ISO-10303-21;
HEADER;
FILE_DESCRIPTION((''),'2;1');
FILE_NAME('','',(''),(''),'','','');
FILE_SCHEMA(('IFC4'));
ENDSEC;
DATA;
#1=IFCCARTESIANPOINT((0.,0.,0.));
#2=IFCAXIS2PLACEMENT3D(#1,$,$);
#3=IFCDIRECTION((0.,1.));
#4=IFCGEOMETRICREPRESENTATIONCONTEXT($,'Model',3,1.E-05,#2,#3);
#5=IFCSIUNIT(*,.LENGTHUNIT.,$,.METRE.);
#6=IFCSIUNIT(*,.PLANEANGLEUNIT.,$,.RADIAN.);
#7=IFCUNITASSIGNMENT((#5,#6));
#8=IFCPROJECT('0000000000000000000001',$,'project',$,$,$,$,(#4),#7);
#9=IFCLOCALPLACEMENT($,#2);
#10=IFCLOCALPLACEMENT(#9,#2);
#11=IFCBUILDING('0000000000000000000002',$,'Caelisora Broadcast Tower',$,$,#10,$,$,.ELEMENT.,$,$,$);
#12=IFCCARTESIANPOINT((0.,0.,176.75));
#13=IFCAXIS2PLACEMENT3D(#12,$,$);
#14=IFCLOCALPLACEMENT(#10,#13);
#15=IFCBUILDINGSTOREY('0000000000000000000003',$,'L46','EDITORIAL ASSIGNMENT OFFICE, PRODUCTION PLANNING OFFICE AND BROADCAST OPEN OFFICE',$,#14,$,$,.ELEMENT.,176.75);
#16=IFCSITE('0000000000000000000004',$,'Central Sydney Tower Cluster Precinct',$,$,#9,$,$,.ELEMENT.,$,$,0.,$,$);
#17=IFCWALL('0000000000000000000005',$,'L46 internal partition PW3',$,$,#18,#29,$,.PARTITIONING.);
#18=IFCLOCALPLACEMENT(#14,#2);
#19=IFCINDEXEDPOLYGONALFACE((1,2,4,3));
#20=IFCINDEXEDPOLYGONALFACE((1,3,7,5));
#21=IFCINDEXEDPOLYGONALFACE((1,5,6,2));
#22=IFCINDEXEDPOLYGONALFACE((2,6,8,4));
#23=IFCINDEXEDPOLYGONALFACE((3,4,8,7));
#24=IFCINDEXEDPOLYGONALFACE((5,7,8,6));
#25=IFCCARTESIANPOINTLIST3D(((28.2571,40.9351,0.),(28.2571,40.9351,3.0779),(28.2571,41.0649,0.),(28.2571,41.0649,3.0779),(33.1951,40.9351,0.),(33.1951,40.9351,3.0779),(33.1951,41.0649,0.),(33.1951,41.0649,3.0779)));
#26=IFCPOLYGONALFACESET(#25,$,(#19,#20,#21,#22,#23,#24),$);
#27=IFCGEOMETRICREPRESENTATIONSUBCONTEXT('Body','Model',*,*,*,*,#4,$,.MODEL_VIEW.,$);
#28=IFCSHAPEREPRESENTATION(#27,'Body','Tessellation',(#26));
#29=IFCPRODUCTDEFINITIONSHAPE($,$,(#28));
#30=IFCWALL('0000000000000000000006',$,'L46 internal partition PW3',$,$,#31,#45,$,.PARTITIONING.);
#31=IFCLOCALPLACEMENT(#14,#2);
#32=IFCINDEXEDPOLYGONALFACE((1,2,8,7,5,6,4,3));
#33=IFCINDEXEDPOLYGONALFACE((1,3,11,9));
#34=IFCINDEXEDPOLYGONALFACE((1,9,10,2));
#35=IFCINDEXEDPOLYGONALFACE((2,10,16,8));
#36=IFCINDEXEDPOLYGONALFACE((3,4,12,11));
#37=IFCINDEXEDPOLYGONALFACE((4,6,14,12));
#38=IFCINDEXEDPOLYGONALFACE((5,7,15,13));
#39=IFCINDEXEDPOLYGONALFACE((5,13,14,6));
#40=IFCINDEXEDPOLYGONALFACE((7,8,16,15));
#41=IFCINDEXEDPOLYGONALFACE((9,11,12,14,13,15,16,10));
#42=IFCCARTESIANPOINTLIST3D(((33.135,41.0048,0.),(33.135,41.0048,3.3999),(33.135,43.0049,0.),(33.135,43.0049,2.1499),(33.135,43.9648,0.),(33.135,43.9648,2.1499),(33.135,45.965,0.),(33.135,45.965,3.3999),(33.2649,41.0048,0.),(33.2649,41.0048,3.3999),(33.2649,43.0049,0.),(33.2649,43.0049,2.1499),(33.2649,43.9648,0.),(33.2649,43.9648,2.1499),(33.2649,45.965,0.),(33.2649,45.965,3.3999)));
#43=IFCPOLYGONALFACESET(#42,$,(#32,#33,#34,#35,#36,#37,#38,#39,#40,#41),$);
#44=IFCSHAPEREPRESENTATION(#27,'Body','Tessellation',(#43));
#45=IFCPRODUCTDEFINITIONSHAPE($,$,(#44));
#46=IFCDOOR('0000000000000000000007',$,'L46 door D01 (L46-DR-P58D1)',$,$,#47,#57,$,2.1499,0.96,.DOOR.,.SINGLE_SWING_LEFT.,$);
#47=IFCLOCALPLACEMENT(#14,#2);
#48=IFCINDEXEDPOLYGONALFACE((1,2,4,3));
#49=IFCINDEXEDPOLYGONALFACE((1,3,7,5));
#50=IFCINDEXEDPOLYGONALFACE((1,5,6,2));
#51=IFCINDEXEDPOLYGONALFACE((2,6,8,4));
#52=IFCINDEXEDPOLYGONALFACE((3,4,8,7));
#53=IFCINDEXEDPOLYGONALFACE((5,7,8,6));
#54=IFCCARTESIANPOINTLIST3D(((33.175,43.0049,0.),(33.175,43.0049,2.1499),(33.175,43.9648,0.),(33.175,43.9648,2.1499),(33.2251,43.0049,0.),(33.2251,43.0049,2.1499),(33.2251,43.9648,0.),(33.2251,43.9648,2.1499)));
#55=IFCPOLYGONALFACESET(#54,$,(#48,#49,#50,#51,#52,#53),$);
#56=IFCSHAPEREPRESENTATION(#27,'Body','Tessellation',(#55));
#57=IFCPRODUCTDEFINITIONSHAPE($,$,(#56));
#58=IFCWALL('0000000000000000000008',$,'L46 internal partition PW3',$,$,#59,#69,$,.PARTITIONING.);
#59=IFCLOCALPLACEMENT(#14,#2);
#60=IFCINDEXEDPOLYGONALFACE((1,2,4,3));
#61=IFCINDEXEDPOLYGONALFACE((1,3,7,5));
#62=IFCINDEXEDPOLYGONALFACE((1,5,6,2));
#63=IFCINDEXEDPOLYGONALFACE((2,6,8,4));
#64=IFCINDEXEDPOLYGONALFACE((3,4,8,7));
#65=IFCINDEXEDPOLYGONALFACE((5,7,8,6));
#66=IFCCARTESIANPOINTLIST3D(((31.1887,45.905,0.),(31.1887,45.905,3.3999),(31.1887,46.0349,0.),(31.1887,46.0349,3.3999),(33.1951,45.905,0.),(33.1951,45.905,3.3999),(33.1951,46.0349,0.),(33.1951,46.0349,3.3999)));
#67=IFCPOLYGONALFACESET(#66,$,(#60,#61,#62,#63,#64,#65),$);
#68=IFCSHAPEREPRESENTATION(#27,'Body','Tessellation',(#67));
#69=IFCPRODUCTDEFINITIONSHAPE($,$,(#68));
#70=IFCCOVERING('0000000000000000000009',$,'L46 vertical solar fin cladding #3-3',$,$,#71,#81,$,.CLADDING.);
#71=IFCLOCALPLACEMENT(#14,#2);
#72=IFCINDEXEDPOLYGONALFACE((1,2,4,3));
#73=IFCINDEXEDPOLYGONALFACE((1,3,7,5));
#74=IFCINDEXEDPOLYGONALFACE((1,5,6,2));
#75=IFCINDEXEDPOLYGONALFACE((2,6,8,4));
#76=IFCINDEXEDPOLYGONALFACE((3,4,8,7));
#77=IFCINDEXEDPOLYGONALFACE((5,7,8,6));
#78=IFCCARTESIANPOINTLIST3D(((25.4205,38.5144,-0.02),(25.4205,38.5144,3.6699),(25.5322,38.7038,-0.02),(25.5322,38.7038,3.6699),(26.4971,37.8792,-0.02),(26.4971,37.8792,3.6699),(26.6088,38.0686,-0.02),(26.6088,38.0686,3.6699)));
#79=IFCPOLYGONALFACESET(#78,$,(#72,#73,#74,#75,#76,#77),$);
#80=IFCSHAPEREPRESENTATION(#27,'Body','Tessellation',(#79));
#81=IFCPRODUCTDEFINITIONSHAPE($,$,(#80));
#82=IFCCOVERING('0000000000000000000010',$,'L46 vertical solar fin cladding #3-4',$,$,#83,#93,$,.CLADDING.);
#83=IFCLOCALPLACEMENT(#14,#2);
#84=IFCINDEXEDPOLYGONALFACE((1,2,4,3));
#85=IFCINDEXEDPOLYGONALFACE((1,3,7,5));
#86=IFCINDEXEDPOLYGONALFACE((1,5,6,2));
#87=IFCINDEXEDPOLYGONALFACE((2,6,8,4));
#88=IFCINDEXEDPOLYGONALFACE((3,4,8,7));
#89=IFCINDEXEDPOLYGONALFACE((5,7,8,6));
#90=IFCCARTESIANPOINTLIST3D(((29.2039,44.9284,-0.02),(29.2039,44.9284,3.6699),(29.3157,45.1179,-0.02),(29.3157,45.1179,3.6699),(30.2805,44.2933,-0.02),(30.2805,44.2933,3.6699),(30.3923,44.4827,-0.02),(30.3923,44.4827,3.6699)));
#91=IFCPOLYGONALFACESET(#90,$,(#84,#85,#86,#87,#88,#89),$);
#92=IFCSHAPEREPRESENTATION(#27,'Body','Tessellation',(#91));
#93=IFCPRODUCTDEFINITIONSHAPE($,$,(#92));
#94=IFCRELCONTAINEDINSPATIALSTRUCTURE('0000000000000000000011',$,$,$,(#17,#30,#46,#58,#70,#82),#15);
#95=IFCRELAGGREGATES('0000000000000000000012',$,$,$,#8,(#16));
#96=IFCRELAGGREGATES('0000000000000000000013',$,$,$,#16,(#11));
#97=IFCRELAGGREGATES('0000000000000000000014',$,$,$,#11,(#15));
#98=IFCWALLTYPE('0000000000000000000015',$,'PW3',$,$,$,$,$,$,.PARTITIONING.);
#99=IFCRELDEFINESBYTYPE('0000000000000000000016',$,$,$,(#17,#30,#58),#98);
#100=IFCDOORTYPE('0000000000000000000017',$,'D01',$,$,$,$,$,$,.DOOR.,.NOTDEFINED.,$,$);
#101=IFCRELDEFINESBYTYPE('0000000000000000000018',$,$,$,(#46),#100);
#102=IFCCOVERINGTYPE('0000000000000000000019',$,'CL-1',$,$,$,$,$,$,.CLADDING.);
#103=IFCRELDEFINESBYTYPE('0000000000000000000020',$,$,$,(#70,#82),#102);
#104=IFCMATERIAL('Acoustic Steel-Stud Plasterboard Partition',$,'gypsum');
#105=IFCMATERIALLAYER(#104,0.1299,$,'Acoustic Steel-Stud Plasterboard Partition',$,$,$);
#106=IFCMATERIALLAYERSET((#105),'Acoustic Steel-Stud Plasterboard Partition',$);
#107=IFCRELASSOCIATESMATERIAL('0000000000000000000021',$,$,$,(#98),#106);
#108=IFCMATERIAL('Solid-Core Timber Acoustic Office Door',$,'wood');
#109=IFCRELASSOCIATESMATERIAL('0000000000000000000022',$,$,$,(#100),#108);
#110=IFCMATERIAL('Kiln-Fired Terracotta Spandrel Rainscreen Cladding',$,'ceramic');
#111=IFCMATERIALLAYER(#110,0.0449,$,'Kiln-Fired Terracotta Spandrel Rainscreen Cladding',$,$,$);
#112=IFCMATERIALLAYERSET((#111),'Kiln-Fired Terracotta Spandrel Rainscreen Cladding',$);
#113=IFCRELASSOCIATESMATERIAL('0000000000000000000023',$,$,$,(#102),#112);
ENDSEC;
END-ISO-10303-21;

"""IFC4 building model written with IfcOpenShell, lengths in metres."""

from ifc_helpers import new_model, si_unit, direction, frame, frame_2d, origin, origin_2d, place, context, subcontext, project, spatial, rectangle, extrude, source, transform, mapped, material, layer, layer_set, type_object, type_shapes, element, fill, save


model = new_model("IFC4")

# Units and contexts
model_context = context("Model", 3, precision=1e-05, world=origin(), true_north=direction((0.0, 1.0)))
body_context = subcontext(model_context, "Body", "Model", "MODEL_VIEW")
ifc_project = project(units=[si_unit("LENGTHUNIT", "METRE"), si_unit("PLANEANGLEUNIT", "RADIAN")], contexts=[model_context])

# Site, building, storey
site_placement = place(None, origin())
site = spatial("IfcSite", under=ifc_project, at=site_placement, Name="Central Sydney Tower Cluster Precinct", CompositionType="ELEMENT", RefElevation=0.0)
building_placement = place(site_placement, origin())
building = spatial("IfcBuilding", under=site, at=building_placement, Name="Caelisora Broadcast Tower", CompositionType="ELEMENT")
storey_placement = place(building_placement, frame((0.0, 0.0, 176.75)))
storey = spatial("IfcBuildingStorey", under=building, at=storey_placement, Name="L46", Description="EDITORIAL ASSIGNMENT OFFICE, PRODUCTION PLANNING OFFICE AND BROADCAST OPEN OFFICE", CompositionType="ELEMENT", Elevation=176.75)

# Shared definitions
ifc_material_1 = material(Name="Acoustic Steel-Stud Plasterboard Partition", Category="gypsum")
ifc_layer_1 = layer(ifc_material_1, 0.1299, Name="Acoustic Steel-Stud Plasterboard Partition")
ifc_layer_set_1 = layer_set([ifc_layer_1], Name="Acoustic Steel-Stud Plasterboard Partition")
wall_type_1 = type_object("IfcWallType", Name="PW3", PredefinedType="PARTITIONING", material=ifc_layer_set_1)
ifc_material_2 = material(Name="Solid-Core Timber Acoustic Office Door", Category="wood")
door_type = type_object("IfcDoorType", Name="D01", OperationType="NOTDEFINED", PredefinedType="DOOR", material=ifc_material_2)

# Wall
wall_1_placement = place(storey_placement, frame((28.2571, 41.0, 0.0), z_axis=(0.0, 0.0, 1.0), x_axis=(1.0, 0.0, 0.0)))
element("IfcWall", 1, at=wall_1_placement, inside=storey, type_object=wall_type_1, Name="L46 internal partition PW3", PredefinedType="PARTITIONING", context=body_context, shape_type="SweptSolid", body=[
    extrude(rectangle(XDim=4.938, YDim=0.1299, at=frame_2d((2.469, 0.0))), origin(), (0.0, 0.0, 1.0), 3.0779),
])

# Wall, opening, door
wall_2_placement = place(storey_placement, frame((33.2, 41.0049, 0.0), z_axis=(0.0, 0.0, 1.0), x_axis=(0.0, 1.0, 0.0)))
wall_2 = element("IfcWall", 2, at=wall_2_placement, inside=storey, type_object=wall_type_1, Name="L46 internal partition PW3", PredefinedType="PARTITIONING", context=body_context, shape_type="SweptSolid", body=[
    extrude(rectangle(XDim=4.9602, YDim=0.1299, at=frame_2d((2.48, 0.0))), origin(), (0.0, 0.0, 1.0), 3.3999),
])
opening_1_placement = place(wall_2_placement, frame((2.0, 0.0, 0.0)))
opening_1 = element("IfcOpeningElement", 3, at=opening_1_placement, cuts=wall_2, PredefinedType="OPENING", context=body_context, shape_type="SweptSolid", body=[
    extrude(rectangle(XDim=0.96, YDim=2.1499, at=frame_2d((0.48, 1.075))), frame((0.0, 0.0769, 0.0), z_axis=(0.0, -1.0, 0.0), x_axis=(1.0, 0.0, 0.0)), (0.0, 0.0, 1.0), 0.1538),
])
door_1_placement = place(opening_1_placement, origin())
door_1 = element("IfcDoor", 4, at=door_1_placement, inside=storey, type_object=door_type, Name="L46 door D01 (L46-DR-P58D1)", OperationType="SINGLE_SWING_LEFT", OverallHeight=2.1499, OverallWidth=0.96, PredefinedType="DOOR", context=body_context, shape_type="SweptSolid", body=[
    extrude(rectangle(XDim=0.96, YDim=2.1499, at=frame_2d((0.48, 1.075))), frame((0.0, 0.0249, 0.0), z_axis=(0.0, -1.0, 0.0), x_axis=(1.0, 0.0, 0.0)), (0.0, 0.0, 1.0), 0.05),
])
fill(opening_1, door_1)

# Wall
wall_3_placement = place(storey_placement, frame((31.1887, 45.97, 0.0), z_axis=(0.0, 0.0, 1.0), x_axis=(1.0, 0.0, 0.0)))
element("IfcWall", 5, at=wall_3_placement, inside=storey, type_object=wall_type_1, Name="L46 internal partition PW3", PredefinedType="PARTITIONING", context=body_context, shape_type="SweptSolid", body=[
    extrude(rectangle(XDim=2.0063, YDim=0.1299, at=frame_2d((1.0032, 0.0))), origin(), (0.0, 0.0, 1.0), 3.3999),
])

# Coverings
ifc_material_3 = material(Name="Kiln-Fired Terracotta Spandrel Rainscreen Cladding", Category="ceramic")
ifc_layer_2 = layer(ifc_material_3, 0.0449, Name="Kiln-Fired Terracotta Spandrel Rainscreen Cladding")
ifc_layer_set_2 = layer_set([ifc_layer_2], Name="Kiln-Fired Terracotta Spandrel Rainscreen Cladding")
covering_type = type_object("IfcCoveringType", Name="CL-1", PredefinedType="CLADDING", material=ifc_layer_set_2)
shared_shape_1 = source(origin(), body_context, "Body", "SweptSolid", [
    extrude(rectangle(XDim=0.22, YDim=1.25, at=origin_2d()), origin(), (0.0, 0.0, 1.0), 3.6899),
])
type_shapes(covering_type, [shared_shape_1])
for number, where, z_axis, x_axis, name in (
    (6, (26.0146, 38.2915, -0.02), (0.0, 0.0, 1.0), (0.50814, 0.861275, 0.0), "L46 vertical solar fin cladding #3-3"),
    (7, (29.7981, 44.7056, -0.02), (0.0, 0.0, 1.0), (0.50814, 0.861275, 0.0), "L46 vertical solar fin cladding #3-4"),
):
    element("IfcCovering", number, at=place(storey_placement, frame(where, z_axis=z_axis, x_axis=x_axis)), inside=storey, type_object=covering_type, Name=name, PredefinedType="CLADDING", context=body_context, shape_type="MappedRepresentation", body=[
        mapped(shared_shape_1, transform((0.0, 0.0, 0.0), scale=1.0)),
    ])

save(model, "model.ifc")
